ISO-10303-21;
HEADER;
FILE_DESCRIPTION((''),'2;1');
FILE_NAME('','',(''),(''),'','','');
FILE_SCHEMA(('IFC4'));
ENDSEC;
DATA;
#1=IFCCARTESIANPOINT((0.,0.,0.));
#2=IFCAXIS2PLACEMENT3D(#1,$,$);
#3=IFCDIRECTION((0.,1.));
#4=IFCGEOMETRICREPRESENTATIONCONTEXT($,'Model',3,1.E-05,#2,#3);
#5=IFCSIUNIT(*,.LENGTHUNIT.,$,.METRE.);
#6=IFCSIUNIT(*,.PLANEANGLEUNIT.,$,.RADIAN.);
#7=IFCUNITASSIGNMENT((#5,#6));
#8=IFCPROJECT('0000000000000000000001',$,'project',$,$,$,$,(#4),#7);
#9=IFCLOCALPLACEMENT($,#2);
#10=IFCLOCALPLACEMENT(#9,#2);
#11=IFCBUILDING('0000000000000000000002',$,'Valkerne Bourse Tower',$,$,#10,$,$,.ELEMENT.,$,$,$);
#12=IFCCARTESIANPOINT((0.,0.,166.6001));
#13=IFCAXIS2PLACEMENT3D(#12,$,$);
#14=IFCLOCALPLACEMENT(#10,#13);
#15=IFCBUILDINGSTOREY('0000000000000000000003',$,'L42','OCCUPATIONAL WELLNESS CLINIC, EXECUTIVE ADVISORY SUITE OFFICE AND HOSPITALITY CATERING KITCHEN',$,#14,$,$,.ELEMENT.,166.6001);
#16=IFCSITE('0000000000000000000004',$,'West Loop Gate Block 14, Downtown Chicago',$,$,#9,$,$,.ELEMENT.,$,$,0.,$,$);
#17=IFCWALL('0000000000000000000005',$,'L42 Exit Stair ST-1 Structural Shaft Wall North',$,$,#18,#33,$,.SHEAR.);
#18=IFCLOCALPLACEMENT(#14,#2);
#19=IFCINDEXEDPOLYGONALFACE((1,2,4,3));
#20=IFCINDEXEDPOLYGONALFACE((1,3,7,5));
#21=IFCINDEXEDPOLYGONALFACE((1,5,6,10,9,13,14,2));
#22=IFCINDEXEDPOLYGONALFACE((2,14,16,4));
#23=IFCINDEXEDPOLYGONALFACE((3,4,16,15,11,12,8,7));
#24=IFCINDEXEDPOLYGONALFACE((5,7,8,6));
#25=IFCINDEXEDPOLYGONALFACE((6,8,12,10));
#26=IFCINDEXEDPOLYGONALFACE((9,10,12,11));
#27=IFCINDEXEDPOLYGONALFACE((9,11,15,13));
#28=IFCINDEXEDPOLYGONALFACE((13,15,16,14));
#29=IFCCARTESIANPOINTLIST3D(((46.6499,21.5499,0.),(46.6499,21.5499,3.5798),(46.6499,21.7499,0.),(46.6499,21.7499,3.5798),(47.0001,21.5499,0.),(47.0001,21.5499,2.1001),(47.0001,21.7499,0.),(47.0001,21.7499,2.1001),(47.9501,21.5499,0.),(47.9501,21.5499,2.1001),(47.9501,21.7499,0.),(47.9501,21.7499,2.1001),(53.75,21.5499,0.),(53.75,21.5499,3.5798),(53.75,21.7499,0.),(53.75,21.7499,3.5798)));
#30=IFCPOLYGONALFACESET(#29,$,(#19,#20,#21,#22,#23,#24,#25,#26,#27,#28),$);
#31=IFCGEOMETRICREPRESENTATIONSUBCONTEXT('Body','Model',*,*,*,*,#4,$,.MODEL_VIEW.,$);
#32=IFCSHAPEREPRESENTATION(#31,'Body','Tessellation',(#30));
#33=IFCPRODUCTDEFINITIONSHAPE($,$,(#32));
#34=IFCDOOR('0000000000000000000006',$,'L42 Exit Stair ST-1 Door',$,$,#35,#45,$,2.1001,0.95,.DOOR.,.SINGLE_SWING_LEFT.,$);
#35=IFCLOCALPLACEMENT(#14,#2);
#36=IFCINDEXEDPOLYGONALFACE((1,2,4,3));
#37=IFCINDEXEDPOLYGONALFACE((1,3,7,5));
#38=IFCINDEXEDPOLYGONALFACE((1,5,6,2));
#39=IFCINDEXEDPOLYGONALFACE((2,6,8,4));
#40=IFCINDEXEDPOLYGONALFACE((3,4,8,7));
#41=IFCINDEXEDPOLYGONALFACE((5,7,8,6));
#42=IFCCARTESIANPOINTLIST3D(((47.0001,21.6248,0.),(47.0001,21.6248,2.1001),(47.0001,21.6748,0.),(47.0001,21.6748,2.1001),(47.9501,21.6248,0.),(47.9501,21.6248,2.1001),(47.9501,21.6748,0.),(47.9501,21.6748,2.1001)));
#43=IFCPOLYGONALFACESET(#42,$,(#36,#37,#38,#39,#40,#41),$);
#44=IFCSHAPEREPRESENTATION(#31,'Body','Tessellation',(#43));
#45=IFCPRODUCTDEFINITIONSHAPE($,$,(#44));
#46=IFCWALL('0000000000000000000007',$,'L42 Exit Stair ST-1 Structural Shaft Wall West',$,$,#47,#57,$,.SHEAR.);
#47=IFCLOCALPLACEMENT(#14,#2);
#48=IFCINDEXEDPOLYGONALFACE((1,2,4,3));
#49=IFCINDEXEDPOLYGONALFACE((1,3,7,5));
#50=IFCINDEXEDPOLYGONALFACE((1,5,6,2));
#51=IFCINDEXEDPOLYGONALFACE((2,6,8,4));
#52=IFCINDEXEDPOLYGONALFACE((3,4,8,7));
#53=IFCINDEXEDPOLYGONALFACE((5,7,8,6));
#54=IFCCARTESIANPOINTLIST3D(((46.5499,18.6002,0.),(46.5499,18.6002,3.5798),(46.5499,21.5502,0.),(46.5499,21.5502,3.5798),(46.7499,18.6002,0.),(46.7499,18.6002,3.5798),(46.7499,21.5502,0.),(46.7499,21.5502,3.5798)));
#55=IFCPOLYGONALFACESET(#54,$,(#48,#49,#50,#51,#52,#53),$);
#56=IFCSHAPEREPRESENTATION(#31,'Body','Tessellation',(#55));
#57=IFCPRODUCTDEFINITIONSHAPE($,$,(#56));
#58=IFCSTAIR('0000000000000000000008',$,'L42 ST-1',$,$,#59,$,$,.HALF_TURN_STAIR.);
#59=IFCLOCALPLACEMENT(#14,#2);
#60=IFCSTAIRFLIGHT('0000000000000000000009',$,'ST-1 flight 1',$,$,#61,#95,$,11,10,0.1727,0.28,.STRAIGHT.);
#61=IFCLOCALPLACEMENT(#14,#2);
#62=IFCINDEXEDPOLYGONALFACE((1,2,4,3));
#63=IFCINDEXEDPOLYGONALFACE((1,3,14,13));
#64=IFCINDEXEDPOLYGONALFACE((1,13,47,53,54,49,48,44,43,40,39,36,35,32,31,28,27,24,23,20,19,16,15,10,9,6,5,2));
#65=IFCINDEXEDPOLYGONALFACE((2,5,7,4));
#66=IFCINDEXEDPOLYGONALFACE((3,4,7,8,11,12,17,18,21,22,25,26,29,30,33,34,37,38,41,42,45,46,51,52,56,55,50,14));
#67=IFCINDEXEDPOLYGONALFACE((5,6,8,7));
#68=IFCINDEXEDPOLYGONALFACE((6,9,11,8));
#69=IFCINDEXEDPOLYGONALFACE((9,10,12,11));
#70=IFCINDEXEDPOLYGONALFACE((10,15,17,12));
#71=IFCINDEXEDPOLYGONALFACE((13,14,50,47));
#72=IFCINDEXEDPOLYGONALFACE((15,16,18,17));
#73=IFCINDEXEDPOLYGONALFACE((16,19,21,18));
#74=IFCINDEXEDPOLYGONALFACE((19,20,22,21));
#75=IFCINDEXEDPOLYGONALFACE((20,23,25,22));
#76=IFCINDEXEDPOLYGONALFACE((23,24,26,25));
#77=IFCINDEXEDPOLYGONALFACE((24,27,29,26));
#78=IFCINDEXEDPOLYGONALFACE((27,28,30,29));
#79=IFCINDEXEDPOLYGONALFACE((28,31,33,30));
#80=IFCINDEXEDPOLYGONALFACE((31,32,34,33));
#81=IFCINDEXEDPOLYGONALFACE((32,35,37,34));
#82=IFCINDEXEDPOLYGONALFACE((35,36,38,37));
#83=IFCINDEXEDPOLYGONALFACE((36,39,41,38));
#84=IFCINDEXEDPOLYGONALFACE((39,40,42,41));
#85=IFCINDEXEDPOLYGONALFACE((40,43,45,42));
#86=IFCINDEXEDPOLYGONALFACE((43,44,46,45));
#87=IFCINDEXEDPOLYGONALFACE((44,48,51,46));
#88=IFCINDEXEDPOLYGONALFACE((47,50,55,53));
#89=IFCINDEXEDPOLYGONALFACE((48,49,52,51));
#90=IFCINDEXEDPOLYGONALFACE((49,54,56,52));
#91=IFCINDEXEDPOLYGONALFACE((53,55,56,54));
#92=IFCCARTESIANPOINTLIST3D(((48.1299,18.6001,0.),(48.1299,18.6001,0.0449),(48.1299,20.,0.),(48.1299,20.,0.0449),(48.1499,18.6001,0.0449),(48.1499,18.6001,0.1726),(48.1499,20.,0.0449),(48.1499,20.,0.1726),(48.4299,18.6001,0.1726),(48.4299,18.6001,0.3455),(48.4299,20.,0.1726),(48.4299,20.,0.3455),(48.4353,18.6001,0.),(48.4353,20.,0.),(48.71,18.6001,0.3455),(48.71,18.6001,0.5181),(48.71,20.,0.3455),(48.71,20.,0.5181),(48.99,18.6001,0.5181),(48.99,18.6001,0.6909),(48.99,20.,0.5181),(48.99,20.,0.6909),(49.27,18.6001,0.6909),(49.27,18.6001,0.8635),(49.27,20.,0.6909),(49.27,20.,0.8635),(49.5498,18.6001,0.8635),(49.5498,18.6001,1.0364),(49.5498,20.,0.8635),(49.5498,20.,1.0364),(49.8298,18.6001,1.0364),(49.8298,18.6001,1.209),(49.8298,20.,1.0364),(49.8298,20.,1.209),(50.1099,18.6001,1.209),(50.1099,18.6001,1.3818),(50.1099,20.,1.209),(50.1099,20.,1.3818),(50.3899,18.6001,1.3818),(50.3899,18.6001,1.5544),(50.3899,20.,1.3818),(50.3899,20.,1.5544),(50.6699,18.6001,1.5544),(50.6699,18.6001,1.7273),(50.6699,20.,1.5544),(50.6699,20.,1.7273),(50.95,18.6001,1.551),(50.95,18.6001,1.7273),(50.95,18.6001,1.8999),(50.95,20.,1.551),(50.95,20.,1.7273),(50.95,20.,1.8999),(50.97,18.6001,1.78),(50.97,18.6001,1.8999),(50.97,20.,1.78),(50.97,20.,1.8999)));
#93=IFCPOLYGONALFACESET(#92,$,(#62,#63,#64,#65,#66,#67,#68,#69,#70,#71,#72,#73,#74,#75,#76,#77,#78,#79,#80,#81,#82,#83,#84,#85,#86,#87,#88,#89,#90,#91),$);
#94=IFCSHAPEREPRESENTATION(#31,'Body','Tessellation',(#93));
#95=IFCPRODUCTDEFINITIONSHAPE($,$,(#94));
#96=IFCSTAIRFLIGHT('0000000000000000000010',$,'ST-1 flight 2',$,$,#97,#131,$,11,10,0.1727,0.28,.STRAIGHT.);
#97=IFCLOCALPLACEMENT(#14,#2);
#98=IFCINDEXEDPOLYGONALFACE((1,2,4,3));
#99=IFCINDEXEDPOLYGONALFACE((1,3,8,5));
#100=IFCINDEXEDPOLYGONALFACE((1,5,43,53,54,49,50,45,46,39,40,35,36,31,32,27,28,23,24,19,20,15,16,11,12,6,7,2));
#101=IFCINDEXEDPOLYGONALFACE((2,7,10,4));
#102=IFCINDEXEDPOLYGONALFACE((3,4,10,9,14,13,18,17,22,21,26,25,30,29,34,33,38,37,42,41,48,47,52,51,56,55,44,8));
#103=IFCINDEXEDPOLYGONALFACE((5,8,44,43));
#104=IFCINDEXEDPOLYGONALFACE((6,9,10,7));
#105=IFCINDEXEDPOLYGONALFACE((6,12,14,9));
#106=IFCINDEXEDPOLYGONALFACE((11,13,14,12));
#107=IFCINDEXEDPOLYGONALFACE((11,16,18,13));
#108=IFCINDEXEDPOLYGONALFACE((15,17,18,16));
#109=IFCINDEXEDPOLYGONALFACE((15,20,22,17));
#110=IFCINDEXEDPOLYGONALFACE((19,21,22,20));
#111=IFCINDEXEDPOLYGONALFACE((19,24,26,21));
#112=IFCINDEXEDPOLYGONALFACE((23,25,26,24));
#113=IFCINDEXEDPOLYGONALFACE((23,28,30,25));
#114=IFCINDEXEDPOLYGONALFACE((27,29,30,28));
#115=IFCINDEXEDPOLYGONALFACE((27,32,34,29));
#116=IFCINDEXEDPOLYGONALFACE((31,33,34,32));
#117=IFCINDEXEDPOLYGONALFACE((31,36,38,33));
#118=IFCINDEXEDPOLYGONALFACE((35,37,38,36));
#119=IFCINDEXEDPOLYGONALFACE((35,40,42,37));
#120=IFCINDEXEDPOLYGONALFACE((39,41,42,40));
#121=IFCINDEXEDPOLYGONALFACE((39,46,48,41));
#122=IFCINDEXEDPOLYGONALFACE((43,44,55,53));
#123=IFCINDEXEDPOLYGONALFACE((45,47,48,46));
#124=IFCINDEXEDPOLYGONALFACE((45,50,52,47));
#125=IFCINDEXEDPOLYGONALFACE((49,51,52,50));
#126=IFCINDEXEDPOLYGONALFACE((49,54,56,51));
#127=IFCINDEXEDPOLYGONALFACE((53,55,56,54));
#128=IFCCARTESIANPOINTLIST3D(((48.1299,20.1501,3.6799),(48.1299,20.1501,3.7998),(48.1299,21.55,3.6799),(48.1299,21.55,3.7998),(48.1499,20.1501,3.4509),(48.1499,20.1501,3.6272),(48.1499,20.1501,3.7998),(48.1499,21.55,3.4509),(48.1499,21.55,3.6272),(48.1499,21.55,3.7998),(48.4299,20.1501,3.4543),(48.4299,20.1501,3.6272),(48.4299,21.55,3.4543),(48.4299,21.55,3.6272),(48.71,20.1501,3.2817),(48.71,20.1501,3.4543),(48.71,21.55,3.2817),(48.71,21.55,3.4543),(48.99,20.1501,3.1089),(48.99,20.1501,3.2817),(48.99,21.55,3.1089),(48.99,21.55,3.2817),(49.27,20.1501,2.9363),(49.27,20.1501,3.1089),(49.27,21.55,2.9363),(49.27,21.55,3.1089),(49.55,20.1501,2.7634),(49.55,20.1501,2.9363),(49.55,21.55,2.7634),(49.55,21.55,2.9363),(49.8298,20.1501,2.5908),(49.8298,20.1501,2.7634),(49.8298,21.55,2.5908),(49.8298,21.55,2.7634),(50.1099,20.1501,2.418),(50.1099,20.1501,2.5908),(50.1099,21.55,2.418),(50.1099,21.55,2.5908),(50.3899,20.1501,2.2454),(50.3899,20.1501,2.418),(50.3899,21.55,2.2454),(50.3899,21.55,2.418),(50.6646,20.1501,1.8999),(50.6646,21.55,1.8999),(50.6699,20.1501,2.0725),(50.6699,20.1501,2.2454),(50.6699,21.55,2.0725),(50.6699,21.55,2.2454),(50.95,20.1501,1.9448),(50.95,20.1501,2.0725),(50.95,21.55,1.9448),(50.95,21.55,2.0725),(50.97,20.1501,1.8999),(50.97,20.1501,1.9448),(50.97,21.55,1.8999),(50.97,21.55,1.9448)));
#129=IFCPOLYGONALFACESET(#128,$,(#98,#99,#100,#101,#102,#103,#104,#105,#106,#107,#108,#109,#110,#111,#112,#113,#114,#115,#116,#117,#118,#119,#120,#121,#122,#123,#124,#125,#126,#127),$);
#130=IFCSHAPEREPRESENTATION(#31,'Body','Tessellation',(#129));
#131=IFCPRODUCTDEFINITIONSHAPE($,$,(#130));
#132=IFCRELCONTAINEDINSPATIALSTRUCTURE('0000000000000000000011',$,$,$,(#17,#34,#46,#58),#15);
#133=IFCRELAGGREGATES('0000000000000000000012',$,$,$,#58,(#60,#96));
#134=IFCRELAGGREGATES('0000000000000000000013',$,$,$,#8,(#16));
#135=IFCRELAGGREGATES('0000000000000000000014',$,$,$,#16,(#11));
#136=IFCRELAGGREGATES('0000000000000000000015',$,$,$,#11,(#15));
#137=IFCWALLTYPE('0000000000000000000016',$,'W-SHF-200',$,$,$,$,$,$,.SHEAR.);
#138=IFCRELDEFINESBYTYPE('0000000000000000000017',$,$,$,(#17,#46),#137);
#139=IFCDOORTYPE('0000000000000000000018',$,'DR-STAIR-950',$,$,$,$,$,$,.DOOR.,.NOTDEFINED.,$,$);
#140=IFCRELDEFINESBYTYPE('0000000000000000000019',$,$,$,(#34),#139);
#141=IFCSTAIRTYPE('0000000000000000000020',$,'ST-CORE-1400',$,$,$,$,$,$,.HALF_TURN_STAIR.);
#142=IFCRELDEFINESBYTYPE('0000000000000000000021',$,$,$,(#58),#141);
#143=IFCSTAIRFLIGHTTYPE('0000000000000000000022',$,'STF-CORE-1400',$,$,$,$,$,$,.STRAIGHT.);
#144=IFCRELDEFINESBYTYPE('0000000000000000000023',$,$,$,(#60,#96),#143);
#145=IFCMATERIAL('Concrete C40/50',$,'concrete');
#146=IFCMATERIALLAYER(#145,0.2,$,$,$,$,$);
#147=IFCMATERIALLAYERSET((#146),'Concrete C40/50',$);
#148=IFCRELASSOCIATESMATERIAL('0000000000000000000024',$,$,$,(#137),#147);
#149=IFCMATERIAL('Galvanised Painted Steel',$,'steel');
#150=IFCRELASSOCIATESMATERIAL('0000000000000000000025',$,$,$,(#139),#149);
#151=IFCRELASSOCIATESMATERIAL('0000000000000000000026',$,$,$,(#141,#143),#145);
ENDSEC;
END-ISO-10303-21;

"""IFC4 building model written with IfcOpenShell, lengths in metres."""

from ifc_helpers import new_model, si_unit, direction, frame, frame_2d, origin, place, context, subcontext, project, spatial, polyline, rectangle, outline, extrude, material, layer, layer_set, type_object, element, fill, aggregate, save


model = new_model("IFC4")

# Units and contexts
model_context = context("Model", 3, precision=1e-05, world=origin(), true_north=direction((0.0, 1.0)))
body_context = subcontext(model_context, "Body", "Model", "MODEL_VIEW")
ifc_project = project(units=[si_unit("LENGTHUNIT", "METRE"), si_unit("PLANEANGLEUNIT", "RADIAN")], contexts=[model_context])

# Site, building, storey
site_placement = place(None, origin())
site = spatial("IfcSite", under=ifc_project, at=site_placement, Name="West Loop Gate Block 14, Downtown Chicago", CompositionType="ELEMENT", RefElevation=0.0)
building_placement = place(site_placement, origin())
building = spatial("IfcBuilding", under=site, at=building_placement, Name="Valkerne Bourse Tower", CompositionType="ELEMENT")
storey_placement = place(building_placement, frame((0.0, 0.0, 166.6001)))
storey = spatial("IfcBuildingStorey", under=building, at=storey_placement, Name="L42", Description="OCCUPATIONAL WELLNESS CLINIC, EXECUTIVE ADVISORY SUITE OFFICE AND HOSPITALITY CATERING KITCHEN", CompositionType="ELEMENT", Elevation=166.6001)

# Shared definitions
ifc_material_1 = material(Name="Galvanised Painted Steel", Category="steel")

# Wall, opening, door
ifc_material_2 = material(Name="Concrete C40/50", Category="concrete")
ifc_layer_1 = layer(ifc_material_2, 0.2)
ifc_layer_set_1 = layer_set([ifc_layer_1], Name="Concrete C40/50")
wall_type_1 = type_object("IfcWallType", Name="W-SHF-200", PredefinedType="SHEAR", material=ifc_layer_set_1)
wall_1_placement = place(storey_placement, frame((46.6499, 21.6499, 0.0), z_axis=(0.0, 0.0, 1.0), x_axis=(1.0, 0.0, 0.0)))
wall_1 = element("IfcWall", 1, at=wall_1_placement, inside=storey, type_object=wall_type_1, Name="L42 Exit Stair ST-1 Structural Shaft Wall North", PredefinedType="SHEAR", context=body_context, shape_type="SweptSolid", body=[
    extrude(rectangle(XDim=7.1001, YDim=0.2, at=frame_2d((3.55, 0.0))), origin(), (0.0, 0.0, 1.0), 3.5798),
])
opening_1_placement = place(wall_1_placement, frame((0.3501, 0.0, 0.0)))
opening_1 = element("IfcOpeningElement", 2, at=opening_1_placement, cuts=wall_1, PredefinedType="OPENING", context=body_context, shape_type="SweptSolid", body=[
    extrude(rectangle(XDim=0.95, YDim=2.1001, at=frame_2d((0.4751, 1.05))), frame((0.0, 0.1099, 0.0), z_axis=(0.0, -1.0, 0.0), x_axis=(1.0, 0.0, 0.0)), (0.0, 0.0, 1.0), 0.22),
])
door_type_1 = type_object("IfcDoorType", Name="DR-STAIR-950", OperationType="NOTDEFINED", PredefinedType="DOOR", material=ifc_material_1)
door_1_placement = place(opening_1_placement, origin())
door_1 = element("IfcDoor", 3, at=door_1_placement, inside=storey, type_object=door_type_1, Name="L42 Exit Stair ST-1 Door", OperationType="SINGLE_SWING_LEFT", OverallHeight=2.1001, OverallWidth=0.95, PredefinedType="DOOR", context=body_context, shape_type="SweptSolid", body=[
    extrude(rectangle(XDim=0.95, YDim=2.1001, at=frame_2d((0.4751, 1.05))), frame((0.0, 0.0249, 0.0), z_axis=(0.0, -1.0, 0.0), x_axis=(1.0, 0.0, 0.0)), (0.0, 0.0, 1.0), 0.05),
])
fill(opening_1, door_1)

# Wall
wall_2_placement = place(storey_placement, frame((46.6499, 18.6001, 0.0), z_axis=(0.0, 0.0, 1.0), x_axis=(0.0, 1.0, 0.0)))
element("IfcWall", 4, at=wall_2_placement, inside=storey, type_object=wall_type_1, Name="L42 Exit Stair ST-1 Structural Shaft Wall West", PredefinedType="SHEAR", context=body_context, shape_type="SweptSolid", body=[
    extrude(rectangle(XDim=2.95, YDim=0.2, at=frame_2d((1.4751, 0.0))), origin(), (0.0, 0.0, 1.0), 3.5798),
])

# Stair, stair flights
stair_type = type_object("IfcStairType", Name="ST-CORE-1400", PredefinedType="HALF_TURN_STAIR", material=ifc_material_2)
stair_placement = place(storey_placement, origin())
stair = element("IfcStair", 5, at=stair_placement, inside=storey, type_object=stair_type, Name="L42 ST-1", PredefinedType="HALF_TURN_STAIR")
stair_flight_type = type_object("IfcStairFlightType", Name="STF-CORE-1400", PredefinedType="STRAIGHT", material=ifc_material_2)
stair_flight_1_placement = place(storey_placement, frame((48.1499, 19.3, 0.0), z_axis=(0.0, 0.0, 1.0), x_axis=(1.0, 0.0, 0.0)))
stair_flight_1 = element("IfcStairFlight", 6, at=stair_flight_1_placement, type_object=stair_flight_type, Name="ST-1 flight 1", NumberOfRisers=11, NumberOfTreads=10, PredefinedType="STRAIGHT", RiserHeight=0.1727, TreadLength=0.28, context=body_context, shape_type="SweptSolid", body=[
    extrude(outline(polyline([(-0.02, 0.0), (-0.02, 0.0449), (0.0, 0.0449), (0.0, 0.1726), (0.28, 0.1726), (0.28, 0.3455), (0.5601, 0.3455), (0.5601, 0.5181), (0.8401, 0.5181), (0.8401, 0.6909), (1.1201, 0.6909), (1.1201, 0.8635), (1.3999, 0.8635), (1.3999, 1.0364), (1.6799, 1.0364), (1.6799, 1.209), (1.96, 1.209), (1.96, 1.3818), (2.24, 1.3818), (2.24, 1.5544), (2.52, 1.5544), (2.52, 1.7273), (2.8, 1.7273), (2.8, 1.8999), (2.8201, 1.8999), (2.8201, 1.78), (2.8, 1.551), (0.2854, 0.0), (-0.02, 0.0)])), frame((0.0, 0.7, 0.0), z_axis=(0.0, -1.0, 0.0), x_axis=(1.0, 0.0, 0.0)), (0.0, 0.0, 1.0), 1.3999),
])
stair_flight_2_placement = place(storey_placement, frame((50.95, 20.8501, 1.8999), z_axis=(0.0, 0.0, 1.0), x_axis=(-1.0, 0.0, 0.0)))
stair_flight_2 = element("IfcStairFlight", 7, at=stair_flight_2_placement, type_object=stair_flight_type, Name="ST-1 flight 2", NumberOfRisers=11, NumberOfTreads=10, PredefinedType="STRAIGHT", RiserHeight=0.1727, TreadLength=0.28, context=body_context, shape_type="SweptSolid", body=[
    extrude(outline(polyline([(-0.02, 0.0), (-0.02, 0.0449), (0.0, 0.0449), (0.0, 0.1726), (0.28, 0.1726), (0.28, 0.3455), (0.5601, 0.3455), (0.5601, 0.5181), (0.8401, 0.5181), (0.8401, 0.6909), (1.1201, 0.6909), (1.1201, 0.8635), (1.3999, 0.8635), (1.3999, 1.0364), (1.6799, 1.0364), (1.6799, 1.209), (1.96, 1.209), (1.96, 1.3818), (2.24, 1.3818), (2.24, 1.5544), (2.52, 1.5544), (2.52, 1.7273), (2.8, 1.7273), (2.8, 1.8999), (2.8201, 1.8999), (2.8201, 1.78), (2.8, 1.551), (0.2854, 0.0), (-0.02, 0.0)])), frame((0.0, 0.7, 0.0), z_axis=(0.0, -1.0, 0.0), x_axis=(1.0, 0.0, 0.0)), (0.0, 0.0, 1.0), 1.3999),
])
aggregate(stair, [stair_flight_1, stair_flight_2])

save(model, "model.ifc")
